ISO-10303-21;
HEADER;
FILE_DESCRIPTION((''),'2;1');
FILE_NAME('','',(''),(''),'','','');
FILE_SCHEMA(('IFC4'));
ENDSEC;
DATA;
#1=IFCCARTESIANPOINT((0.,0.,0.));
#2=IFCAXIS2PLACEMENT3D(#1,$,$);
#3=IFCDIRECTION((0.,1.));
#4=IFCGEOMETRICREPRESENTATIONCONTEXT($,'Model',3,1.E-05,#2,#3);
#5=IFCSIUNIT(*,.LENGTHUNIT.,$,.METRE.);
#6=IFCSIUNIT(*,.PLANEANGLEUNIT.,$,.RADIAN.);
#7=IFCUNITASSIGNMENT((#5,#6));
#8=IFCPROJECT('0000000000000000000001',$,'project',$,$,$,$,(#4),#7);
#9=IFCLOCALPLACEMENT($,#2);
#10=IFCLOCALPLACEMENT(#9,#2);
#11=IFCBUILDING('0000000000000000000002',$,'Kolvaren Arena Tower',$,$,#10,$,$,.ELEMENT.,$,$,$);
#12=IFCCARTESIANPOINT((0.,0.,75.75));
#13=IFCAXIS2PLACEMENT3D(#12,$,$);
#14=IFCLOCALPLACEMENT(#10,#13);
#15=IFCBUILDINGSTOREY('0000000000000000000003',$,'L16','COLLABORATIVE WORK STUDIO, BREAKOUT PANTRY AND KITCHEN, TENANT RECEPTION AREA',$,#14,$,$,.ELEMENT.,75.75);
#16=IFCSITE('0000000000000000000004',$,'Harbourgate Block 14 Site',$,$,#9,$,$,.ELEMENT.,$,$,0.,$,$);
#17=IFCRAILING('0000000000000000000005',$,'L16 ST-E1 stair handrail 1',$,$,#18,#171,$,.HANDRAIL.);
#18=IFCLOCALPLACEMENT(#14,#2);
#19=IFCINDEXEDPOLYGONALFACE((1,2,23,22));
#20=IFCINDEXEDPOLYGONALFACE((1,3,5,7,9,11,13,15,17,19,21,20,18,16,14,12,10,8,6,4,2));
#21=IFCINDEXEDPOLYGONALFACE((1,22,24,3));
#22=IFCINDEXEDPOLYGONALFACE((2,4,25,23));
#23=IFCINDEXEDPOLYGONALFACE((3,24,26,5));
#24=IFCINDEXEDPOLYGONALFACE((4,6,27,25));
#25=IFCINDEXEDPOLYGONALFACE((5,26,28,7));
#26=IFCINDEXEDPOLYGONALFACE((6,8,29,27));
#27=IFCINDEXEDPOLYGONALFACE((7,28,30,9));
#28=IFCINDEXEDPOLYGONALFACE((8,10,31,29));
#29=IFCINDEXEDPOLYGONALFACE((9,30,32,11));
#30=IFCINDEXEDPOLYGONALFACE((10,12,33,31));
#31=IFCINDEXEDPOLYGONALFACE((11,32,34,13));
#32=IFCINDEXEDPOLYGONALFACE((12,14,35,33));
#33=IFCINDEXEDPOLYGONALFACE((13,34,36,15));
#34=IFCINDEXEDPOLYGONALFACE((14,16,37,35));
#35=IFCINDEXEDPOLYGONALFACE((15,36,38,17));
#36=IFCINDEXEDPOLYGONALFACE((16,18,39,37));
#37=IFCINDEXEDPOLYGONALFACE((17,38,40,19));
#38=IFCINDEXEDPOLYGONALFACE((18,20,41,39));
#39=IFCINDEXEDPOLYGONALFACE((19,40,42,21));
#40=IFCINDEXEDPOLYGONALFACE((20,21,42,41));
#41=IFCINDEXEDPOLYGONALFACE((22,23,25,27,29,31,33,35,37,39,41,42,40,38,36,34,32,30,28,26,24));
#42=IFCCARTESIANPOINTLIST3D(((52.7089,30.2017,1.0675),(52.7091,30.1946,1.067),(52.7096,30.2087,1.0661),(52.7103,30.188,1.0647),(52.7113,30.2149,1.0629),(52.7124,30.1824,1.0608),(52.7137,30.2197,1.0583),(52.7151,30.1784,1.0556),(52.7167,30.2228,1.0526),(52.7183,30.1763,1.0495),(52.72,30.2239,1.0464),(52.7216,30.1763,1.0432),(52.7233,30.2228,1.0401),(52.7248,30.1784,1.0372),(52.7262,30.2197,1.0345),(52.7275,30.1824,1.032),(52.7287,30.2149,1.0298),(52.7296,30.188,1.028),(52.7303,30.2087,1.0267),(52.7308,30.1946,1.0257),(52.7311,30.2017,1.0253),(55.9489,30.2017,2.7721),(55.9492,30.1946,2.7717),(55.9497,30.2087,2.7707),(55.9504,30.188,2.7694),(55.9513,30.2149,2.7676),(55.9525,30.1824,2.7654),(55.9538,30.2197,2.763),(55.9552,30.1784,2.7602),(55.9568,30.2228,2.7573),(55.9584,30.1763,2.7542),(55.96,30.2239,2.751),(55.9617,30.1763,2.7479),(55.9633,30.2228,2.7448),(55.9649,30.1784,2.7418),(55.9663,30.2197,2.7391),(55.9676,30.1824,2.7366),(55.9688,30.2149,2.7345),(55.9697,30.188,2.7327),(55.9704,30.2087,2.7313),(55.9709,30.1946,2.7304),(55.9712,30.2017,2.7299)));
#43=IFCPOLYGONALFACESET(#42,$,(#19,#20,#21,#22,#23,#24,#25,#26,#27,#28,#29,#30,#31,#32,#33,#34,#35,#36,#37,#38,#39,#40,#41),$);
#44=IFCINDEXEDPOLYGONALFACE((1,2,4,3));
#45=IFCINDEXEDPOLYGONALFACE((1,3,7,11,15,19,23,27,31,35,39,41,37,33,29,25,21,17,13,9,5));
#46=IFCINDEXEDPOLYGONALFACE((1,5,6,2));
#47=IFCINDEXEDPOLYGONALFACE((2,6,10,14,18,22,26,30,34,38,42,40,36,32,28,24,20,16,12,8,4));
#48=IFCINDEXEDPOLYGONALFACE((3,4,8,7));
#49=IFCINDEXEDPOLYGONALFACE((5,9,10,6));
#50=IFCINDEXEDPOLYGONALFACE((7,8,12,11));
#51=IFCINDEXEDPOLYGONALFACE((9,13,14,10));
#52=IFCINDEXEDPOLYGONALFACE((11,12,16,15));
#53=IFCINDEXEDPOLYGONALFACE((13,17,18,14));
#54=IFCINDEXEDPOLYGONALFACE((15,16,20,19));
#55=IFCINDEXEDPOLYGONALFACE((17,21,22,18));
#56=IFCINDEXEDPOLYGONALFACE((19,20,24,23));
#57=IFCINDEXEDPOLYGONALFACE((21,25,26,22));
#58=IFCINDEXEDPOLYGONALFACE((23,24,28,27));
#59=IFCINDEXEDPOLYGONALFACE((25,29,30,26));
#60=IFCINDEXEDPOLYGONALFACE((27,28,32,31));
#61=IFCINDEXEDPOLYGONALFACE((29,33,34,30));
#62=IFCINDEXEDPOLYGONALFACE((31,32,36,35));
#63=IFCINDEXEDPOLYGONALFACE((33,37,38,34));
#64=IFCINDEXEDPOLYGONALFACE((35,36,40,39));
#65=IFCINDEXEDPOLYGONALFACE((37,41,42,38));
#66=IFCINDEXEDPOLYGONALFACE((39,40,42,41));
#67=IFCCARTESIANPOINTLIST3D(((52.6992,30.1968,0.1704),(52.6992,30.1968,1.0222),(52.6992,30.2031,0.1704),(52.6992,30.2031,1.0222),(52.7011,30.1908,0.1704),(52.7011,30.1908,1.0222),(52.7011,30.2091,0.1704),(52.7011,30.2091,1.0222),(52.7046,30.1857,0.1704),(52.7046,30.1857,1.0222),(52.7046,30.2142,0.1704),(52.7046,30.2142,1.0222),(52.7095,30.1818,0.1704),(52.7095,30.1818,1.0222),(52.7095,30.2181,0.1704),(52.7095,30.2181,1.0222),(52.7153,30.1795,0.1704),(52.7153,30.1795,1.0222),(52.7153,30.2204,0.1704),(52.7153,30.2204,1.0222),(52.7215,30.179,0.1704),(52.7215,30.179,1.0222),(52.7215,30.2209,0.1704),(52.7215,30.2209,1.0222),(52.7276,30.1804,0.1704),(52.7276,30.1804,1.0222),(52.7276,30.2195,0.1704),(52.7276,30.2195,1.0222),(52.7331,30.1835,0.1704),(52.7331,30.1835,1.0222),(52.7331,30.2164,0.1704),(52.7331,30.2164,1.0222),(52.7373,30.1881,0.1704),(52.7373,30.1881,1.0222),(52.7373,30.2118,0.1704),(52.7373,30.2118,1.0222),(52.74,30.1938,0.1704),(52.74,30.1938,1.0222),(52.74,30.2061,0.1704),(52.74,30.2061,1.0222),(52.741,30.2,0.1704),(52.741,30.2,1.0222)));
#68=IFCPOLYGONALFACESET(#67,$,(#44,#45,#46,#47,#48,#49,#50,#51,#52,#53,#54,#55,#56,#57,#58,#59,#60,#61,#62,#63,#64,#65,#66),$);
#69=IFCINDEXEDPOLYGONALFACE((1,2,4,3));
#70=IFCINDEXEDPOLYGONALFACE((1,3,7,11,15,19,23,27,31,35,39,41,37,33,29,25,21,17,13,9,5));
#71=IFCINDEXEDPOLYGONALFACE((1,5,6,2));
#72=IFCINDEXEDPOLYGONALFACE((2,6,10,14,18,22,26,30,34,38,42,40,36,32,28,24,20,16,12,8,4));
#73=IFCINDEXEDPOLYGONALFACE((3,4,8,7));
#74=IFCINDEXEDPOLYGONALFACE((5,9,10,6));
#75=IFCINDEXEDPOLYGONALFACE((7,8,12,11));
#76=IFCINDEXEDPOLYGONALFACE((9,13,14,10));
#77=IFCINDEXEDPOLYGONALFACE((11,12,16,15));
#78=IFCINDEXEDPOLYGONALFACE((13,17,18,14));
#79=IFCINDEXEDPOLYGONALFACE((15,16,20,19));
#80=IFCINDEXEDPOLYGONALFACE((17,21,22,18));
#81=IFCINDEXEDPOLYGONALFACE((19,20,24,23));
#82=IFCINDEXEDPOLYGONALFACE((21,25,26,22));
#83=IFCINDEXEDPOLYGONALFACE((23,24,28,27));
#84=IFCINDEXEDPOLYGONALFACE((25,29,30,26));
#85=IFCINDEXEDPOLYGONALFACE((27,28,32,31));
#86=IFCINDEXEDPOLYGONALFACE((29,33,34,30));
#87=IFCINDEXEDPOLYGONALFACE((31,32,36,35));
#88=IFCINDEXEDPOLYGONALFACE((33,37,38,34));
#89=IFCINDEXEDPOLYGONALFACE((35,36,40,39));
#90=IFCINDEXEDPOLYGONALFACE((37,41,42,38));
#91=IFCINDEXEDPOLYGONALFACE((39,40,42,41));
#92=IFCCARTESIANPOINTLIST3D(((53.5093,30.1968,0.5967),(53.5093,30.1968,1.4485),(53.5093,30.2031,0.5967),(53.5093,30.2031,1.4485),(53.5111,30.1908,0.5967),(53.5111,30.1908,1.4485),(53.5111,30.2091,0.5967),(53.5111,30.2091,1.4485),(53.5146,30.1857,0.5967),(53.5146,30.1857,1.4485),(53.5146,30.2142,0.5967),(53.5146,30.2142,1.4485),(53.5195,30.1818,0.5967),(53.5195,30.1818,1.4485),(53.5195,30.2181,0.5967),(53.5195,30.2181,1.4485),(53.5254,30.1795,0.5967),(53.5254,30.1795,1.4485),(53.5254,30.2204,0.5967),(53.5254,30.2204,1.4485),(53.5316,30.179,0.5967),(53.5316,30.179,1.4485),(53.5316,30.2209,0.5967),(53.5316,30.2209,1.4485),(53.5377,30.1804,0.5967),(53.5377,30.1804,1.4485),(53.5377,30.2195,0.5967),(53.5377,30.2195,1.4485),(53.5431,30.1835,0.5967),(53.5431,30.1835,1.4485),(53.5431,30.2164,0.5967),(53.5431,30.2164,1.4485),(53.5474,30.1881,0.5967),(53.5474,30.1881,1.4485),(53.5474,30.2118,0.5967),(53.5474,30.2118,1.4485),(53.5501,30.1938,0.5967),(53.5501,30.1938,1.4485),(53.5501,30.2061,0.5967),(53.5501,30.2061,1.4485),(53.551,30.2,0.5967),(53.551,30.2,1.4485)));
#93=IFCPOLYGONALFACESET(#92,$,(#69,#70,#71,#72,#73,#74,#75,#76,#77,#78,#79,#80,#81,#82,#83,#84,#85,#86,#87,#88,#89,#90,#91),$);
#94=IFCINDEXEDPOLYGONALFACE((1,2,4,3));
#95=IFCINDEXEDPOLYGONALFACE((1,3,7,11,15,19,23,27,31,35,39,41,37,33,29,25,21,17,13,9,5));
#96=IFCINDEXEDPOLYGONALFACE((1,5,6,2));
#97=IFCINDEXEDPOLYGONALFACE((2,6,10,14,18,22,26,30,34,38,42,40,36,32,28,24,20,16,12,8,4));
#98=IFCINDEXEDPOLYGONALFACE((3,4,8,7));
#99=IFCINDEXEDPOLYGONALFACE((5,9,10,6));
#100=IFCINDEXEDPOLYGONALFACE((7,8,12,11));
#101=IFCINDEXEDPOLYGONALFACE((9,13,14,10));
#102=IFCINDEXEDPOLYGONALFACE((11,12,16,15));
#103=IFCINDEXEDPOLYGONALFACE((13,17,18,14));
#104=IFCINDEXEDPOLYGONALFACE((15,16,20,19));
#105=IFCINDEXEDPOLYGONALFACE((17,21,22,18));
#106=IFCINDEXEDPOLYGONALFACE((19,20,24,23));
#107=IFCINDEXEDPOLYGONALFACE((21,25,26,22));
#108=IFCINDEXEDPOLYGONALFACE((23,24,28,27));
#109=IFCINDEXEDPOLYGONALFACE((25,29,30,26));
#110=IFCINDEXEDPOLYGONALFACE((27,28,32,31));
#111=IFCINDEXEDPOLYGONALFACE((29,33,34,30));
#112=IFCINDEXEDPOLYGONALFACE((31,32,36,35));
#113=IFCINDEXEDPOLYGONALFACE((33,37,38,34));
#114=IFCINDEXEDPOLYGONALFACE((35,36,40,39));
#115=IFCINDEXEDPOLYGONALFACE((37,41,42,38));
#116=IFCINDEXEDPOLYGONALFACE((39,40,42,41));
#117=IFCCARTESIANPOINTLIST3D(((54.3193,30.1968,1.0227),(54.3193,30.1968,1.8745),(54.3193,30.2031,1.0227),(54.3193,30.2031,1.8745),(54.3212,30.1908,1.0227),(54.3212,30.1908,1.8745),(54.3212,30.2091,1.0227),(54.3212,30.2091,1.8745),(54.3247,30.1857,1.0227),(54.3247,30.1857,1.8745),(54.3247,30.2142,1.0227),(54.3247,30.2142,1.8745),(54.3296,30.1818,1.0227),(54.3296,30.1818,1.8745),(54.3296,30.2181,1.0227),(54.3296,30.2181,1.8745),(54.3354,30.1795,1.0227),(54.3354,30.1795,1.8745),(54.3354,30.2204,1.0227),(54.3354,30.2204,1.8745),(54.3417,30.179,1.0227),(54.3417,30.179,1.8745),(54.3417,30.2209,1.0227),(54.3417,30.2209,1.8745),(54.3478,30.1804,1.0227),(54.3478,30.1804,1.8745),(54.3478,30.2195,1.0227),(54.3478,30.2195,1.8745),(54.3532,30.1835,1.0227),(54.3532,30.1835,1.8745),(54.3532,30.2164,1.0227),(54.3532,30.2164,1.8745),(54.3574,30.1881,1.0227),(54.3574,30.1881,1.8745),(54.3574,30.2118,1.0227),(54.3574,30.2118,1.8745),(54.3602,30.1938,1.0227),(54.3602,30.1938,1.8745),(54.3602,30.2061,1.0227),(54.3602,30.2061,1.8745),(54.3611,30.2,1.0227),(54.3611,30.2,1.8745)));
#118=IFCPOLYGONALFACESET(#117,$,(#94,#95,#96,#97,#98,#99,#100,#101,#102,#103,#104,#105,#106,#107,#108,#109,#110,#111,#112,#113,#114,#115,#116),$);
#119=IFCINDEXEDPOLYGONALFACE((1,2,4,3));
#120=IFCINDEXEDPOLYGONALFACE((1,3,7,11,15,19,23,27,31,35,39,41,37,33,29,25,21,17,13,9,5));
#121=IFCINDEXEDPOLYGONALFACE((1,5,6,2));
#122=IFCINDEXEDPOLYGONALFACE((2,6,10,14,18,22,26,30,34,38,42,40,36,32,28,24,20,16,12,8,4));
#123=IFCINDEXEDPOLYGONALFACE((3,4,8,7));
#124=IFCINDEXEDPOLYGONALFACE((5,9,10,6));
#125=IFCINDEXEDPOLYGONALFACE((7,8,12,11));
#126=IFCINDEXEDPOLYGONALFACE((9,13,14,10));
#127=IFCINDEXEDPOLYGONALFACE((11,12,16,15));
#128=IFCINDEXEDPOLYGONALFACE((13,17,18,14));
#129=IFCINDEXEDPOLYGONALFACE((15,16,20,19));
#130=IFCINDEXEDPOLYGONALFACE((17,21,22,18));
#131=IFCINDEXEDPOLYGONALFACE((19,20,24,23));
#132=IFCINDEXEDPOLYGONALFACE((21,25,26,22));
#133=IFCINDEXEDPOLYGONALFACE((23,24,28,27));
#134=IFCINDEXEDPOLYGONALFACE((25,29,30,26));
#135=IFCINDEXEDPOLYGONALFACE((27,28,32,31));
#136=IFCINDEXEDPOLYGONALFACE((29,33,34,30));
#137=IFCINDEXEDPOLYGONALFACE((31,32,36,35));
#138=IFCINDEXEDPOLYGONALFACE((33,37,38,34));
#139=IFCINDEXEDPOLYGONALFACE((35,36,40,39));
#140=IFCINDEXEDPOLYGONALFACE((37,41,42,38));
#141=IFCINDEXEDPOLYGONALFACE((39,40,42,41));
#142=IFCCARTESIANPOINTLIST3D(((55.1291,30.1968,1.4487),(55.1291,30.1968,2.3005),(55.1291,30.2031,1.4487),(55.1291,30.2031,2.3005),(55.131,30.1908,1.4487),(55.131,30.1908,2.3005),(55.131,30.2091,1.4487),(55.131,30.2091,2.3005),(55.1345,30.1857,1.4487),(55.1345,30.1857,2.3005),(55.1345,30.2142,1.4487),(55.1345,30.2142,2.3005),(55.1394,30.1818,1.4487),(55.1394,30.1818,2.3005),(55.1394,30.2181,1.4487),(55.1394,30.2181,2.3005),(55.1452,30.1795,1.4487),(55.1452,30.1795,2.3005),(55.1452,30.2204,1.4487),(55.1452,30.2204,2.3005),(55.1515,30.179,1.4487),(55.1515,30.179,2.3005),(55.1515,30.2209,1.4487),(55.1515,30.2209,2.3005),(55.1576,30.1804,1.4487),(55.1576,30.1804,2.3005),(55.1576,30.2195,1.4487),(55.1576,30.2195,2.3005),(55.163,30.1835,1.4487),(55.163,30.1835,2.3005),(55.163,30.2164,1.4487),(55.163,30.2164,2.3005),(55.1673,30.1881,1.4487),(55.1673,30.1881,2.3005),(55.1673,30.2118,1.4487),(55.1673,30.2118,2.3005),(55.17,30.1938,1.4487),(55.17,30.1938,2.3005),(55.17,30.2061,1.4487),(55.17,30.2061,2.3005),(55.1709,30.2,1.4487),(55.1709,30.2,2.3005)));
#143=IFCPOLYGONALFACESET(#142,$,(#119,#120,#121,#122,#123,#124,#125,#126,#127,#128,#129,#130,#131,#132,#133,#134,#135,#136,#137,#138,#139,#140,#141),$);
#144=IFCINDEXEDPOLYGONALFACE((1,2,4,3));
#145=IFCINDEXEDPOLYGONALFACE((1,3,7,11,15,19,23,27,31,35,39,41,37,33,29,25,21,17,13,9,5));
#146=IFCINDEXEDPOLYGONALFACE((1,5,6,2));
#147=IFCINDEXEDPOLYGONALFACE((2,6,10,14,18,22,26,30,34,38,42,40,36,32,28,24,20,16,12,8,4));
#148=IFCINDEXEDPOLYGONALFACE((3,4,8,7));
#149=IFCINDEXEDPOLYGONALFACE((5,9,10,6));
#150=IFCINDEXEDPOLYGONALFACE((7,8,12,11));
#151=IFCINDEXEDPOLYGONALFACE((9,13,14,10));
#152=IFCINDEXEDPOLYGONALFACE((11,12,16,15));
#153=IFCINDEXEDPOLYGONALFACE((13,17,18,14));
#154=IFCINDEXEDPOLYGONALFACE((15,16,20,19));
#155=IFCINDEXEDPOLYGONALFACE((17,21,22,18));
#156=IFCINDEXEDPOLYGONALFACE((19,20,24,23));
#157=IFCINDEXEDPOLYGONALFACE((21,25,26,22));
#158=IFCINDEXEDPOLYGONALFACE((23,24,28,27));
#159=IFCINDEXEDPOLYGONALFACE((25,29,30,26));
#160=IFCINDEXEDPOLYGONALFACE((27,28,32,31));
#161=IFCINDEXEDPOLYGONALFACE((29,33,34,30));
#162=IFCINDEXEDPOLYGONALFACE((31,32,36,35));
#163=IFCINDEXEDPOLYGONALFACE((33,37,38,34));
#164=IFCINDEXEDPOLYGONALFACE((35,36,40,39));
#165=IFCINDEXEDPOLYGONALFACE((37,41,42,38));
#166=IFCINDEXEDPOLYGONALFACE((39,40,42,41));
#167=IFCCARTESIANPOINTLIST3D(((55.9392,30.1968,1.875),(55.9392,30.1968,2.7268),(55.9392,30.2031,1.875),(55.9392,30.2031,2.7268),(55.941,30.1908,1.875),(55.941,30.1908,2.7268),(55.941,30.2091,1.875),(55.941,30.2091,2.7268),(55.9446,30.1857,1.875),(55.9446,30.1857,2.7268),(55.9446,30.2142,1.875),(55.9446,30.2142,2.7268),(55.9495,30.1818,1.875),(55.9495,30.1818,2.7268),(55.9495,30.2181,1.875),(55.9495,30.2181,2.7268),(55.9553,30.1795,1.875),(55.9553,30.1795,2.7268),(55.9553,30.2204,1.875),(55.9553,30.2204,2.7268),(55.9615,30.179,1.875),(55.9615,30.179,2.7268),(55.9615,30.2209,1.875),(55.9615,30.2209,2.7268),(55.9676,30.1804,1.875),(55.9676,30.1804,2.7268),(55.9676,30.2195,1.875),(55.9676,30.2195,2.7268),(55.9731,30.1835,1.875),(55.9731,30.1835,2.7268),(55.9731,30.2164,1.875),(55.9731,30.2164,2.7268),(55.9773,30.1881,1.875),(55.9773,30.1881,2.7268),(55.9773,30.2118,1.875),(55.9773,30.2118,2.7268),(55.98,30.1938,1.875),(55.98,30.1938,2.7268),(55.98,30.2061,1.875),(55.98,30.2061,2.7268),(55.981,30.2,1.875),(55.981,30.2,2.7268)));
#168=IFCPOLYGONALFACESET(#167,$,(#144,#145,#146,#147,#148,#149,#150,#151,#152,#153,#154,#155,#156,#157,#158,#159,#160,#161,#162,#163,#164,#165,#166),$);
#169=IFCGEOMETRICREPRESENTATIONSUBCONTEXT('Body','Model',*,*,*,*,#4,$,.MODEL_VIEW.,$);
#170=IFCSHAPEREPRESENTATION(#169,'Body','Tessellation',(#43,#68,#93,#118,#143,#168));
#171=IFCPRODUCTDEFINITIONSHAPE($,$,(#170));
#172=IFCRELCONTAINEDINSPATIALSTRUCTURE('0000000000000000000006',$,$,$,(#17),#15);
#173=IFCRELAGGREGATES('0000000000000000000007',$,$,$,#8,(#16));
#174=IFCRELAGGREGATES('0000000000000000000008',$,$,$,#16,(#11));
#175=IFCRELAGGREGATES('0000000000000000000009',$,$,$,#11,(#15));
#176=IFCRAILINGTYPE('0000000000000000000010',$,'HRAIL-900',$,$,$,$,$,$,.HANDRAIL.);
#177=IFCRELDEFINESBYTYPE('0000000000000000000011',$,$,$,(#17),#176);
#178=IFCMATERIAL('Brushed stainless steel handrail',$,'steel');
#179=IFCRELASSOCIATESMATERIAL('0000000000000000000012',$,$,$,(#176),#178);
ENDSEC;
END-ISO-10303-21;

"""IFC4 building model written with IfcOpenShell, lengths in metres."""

from ifc_helpers import new_model, si_unit, direction, frame, origin, origin_2d, place, context, subcontext, project, spatial, circle, extrude, material, type_object, element, save


model = new_model("IFC4")

# Units and contexts
model_context = context("Model", 3, precision=1e-05, world=origin(), true_north=direction((0.0, 1.0)))
body_context = subcontext(model_context, "Body", "Model", "MODEL_VIEW")
ifc_project = project(units=[si_unit("LENGTHUNIT", "METRE"), si_unit("PLANEANGLEUNIT", "RADIAN")], contexts=[model_context])

# Site, building, storey
site_placement = place(None, origin())
site = spatial("IfcSite", under=ifc_project, at=site_placement, Name="Harbourgate Block 14 Site", CompositionType="ELEMENT", RefElevation=0.0)
building_placement = place(site_placement, origin())
building = spatial("IfcBuilding", under=site, at=building_placement, Name="Kolvaren Arena Tower", CompositionType="ELEMENT")
storey_placement = place(building_placement, frame((0.0, 0.0, 75.75)))
storey = spatial("IfcBuildingStorey", under=building, at=storey_placement, Name="L16", Description="COLLABORATIVE WORK STUDIO, BREAKOUT PANTRY AND KITCHEN, TENANT RECEPTION AREA", CompositionType="ELEMENT", Elevation=75.75)

# Railing
ifc_material_1 = material(Name="Brushed stainless steel handrail", Category="steel")
railing_type_1 = type_object("IfcRailingType", Name="HRAIL-900", PredefinedType="HANDRAIL", material=ifc_material_1)
for number, where, name in (
    (1, (52.72, 30.2, 0.1704), "L16 ST-E1 stair handrail 1"),
):
    element("IfcRailing", number, at=place(storey_placement, frame(where)), inside=storey, type_object=railing_type_1, Name=name, PredefinedType="HANDRAIL", context=body_context, shape_type="SweptSolid", body=[
        extrude(circle(Radius=0.0239, at=origin_2d()), frame((0.0, 0.0, 0.876), z_axis=(0.884993, 0.0, 0.465604), x_axis=(0.0, 1.0, 0.0)), (0.0, 0.0, 1.0), 3.6611),
        extrude(circle(Radius=0.021, at=origin_2d()), origin(), (0.0, 0.0, 1.0), 0.8518),
        extrude(circle(Radius=0.021, at=origin_2d()), frame((0.8101, 0.0, 0.4263)), (0.0, 0.0, 1.0), 0.8518),
        extrude(circle(Radius=0.021, at=origin_2d()), frame((1.6201, 0.0, 0.8523)), (0.0, 0.0, 1.0), 0.8518),
        extrude(circle(Radius=0.021, at=origin_2d()), frame((2.4299, 0.0, 1.2783)), (0.0, 0.0, 1.0), 0.8518),
        extrude(circle(Radius=0.021, at=origin_2d()), frame((3.24, 0.0, 1.7046)), (0.0, 0.0, 1.0), 0.8518),
    ])

save(model, "model.ifc")
